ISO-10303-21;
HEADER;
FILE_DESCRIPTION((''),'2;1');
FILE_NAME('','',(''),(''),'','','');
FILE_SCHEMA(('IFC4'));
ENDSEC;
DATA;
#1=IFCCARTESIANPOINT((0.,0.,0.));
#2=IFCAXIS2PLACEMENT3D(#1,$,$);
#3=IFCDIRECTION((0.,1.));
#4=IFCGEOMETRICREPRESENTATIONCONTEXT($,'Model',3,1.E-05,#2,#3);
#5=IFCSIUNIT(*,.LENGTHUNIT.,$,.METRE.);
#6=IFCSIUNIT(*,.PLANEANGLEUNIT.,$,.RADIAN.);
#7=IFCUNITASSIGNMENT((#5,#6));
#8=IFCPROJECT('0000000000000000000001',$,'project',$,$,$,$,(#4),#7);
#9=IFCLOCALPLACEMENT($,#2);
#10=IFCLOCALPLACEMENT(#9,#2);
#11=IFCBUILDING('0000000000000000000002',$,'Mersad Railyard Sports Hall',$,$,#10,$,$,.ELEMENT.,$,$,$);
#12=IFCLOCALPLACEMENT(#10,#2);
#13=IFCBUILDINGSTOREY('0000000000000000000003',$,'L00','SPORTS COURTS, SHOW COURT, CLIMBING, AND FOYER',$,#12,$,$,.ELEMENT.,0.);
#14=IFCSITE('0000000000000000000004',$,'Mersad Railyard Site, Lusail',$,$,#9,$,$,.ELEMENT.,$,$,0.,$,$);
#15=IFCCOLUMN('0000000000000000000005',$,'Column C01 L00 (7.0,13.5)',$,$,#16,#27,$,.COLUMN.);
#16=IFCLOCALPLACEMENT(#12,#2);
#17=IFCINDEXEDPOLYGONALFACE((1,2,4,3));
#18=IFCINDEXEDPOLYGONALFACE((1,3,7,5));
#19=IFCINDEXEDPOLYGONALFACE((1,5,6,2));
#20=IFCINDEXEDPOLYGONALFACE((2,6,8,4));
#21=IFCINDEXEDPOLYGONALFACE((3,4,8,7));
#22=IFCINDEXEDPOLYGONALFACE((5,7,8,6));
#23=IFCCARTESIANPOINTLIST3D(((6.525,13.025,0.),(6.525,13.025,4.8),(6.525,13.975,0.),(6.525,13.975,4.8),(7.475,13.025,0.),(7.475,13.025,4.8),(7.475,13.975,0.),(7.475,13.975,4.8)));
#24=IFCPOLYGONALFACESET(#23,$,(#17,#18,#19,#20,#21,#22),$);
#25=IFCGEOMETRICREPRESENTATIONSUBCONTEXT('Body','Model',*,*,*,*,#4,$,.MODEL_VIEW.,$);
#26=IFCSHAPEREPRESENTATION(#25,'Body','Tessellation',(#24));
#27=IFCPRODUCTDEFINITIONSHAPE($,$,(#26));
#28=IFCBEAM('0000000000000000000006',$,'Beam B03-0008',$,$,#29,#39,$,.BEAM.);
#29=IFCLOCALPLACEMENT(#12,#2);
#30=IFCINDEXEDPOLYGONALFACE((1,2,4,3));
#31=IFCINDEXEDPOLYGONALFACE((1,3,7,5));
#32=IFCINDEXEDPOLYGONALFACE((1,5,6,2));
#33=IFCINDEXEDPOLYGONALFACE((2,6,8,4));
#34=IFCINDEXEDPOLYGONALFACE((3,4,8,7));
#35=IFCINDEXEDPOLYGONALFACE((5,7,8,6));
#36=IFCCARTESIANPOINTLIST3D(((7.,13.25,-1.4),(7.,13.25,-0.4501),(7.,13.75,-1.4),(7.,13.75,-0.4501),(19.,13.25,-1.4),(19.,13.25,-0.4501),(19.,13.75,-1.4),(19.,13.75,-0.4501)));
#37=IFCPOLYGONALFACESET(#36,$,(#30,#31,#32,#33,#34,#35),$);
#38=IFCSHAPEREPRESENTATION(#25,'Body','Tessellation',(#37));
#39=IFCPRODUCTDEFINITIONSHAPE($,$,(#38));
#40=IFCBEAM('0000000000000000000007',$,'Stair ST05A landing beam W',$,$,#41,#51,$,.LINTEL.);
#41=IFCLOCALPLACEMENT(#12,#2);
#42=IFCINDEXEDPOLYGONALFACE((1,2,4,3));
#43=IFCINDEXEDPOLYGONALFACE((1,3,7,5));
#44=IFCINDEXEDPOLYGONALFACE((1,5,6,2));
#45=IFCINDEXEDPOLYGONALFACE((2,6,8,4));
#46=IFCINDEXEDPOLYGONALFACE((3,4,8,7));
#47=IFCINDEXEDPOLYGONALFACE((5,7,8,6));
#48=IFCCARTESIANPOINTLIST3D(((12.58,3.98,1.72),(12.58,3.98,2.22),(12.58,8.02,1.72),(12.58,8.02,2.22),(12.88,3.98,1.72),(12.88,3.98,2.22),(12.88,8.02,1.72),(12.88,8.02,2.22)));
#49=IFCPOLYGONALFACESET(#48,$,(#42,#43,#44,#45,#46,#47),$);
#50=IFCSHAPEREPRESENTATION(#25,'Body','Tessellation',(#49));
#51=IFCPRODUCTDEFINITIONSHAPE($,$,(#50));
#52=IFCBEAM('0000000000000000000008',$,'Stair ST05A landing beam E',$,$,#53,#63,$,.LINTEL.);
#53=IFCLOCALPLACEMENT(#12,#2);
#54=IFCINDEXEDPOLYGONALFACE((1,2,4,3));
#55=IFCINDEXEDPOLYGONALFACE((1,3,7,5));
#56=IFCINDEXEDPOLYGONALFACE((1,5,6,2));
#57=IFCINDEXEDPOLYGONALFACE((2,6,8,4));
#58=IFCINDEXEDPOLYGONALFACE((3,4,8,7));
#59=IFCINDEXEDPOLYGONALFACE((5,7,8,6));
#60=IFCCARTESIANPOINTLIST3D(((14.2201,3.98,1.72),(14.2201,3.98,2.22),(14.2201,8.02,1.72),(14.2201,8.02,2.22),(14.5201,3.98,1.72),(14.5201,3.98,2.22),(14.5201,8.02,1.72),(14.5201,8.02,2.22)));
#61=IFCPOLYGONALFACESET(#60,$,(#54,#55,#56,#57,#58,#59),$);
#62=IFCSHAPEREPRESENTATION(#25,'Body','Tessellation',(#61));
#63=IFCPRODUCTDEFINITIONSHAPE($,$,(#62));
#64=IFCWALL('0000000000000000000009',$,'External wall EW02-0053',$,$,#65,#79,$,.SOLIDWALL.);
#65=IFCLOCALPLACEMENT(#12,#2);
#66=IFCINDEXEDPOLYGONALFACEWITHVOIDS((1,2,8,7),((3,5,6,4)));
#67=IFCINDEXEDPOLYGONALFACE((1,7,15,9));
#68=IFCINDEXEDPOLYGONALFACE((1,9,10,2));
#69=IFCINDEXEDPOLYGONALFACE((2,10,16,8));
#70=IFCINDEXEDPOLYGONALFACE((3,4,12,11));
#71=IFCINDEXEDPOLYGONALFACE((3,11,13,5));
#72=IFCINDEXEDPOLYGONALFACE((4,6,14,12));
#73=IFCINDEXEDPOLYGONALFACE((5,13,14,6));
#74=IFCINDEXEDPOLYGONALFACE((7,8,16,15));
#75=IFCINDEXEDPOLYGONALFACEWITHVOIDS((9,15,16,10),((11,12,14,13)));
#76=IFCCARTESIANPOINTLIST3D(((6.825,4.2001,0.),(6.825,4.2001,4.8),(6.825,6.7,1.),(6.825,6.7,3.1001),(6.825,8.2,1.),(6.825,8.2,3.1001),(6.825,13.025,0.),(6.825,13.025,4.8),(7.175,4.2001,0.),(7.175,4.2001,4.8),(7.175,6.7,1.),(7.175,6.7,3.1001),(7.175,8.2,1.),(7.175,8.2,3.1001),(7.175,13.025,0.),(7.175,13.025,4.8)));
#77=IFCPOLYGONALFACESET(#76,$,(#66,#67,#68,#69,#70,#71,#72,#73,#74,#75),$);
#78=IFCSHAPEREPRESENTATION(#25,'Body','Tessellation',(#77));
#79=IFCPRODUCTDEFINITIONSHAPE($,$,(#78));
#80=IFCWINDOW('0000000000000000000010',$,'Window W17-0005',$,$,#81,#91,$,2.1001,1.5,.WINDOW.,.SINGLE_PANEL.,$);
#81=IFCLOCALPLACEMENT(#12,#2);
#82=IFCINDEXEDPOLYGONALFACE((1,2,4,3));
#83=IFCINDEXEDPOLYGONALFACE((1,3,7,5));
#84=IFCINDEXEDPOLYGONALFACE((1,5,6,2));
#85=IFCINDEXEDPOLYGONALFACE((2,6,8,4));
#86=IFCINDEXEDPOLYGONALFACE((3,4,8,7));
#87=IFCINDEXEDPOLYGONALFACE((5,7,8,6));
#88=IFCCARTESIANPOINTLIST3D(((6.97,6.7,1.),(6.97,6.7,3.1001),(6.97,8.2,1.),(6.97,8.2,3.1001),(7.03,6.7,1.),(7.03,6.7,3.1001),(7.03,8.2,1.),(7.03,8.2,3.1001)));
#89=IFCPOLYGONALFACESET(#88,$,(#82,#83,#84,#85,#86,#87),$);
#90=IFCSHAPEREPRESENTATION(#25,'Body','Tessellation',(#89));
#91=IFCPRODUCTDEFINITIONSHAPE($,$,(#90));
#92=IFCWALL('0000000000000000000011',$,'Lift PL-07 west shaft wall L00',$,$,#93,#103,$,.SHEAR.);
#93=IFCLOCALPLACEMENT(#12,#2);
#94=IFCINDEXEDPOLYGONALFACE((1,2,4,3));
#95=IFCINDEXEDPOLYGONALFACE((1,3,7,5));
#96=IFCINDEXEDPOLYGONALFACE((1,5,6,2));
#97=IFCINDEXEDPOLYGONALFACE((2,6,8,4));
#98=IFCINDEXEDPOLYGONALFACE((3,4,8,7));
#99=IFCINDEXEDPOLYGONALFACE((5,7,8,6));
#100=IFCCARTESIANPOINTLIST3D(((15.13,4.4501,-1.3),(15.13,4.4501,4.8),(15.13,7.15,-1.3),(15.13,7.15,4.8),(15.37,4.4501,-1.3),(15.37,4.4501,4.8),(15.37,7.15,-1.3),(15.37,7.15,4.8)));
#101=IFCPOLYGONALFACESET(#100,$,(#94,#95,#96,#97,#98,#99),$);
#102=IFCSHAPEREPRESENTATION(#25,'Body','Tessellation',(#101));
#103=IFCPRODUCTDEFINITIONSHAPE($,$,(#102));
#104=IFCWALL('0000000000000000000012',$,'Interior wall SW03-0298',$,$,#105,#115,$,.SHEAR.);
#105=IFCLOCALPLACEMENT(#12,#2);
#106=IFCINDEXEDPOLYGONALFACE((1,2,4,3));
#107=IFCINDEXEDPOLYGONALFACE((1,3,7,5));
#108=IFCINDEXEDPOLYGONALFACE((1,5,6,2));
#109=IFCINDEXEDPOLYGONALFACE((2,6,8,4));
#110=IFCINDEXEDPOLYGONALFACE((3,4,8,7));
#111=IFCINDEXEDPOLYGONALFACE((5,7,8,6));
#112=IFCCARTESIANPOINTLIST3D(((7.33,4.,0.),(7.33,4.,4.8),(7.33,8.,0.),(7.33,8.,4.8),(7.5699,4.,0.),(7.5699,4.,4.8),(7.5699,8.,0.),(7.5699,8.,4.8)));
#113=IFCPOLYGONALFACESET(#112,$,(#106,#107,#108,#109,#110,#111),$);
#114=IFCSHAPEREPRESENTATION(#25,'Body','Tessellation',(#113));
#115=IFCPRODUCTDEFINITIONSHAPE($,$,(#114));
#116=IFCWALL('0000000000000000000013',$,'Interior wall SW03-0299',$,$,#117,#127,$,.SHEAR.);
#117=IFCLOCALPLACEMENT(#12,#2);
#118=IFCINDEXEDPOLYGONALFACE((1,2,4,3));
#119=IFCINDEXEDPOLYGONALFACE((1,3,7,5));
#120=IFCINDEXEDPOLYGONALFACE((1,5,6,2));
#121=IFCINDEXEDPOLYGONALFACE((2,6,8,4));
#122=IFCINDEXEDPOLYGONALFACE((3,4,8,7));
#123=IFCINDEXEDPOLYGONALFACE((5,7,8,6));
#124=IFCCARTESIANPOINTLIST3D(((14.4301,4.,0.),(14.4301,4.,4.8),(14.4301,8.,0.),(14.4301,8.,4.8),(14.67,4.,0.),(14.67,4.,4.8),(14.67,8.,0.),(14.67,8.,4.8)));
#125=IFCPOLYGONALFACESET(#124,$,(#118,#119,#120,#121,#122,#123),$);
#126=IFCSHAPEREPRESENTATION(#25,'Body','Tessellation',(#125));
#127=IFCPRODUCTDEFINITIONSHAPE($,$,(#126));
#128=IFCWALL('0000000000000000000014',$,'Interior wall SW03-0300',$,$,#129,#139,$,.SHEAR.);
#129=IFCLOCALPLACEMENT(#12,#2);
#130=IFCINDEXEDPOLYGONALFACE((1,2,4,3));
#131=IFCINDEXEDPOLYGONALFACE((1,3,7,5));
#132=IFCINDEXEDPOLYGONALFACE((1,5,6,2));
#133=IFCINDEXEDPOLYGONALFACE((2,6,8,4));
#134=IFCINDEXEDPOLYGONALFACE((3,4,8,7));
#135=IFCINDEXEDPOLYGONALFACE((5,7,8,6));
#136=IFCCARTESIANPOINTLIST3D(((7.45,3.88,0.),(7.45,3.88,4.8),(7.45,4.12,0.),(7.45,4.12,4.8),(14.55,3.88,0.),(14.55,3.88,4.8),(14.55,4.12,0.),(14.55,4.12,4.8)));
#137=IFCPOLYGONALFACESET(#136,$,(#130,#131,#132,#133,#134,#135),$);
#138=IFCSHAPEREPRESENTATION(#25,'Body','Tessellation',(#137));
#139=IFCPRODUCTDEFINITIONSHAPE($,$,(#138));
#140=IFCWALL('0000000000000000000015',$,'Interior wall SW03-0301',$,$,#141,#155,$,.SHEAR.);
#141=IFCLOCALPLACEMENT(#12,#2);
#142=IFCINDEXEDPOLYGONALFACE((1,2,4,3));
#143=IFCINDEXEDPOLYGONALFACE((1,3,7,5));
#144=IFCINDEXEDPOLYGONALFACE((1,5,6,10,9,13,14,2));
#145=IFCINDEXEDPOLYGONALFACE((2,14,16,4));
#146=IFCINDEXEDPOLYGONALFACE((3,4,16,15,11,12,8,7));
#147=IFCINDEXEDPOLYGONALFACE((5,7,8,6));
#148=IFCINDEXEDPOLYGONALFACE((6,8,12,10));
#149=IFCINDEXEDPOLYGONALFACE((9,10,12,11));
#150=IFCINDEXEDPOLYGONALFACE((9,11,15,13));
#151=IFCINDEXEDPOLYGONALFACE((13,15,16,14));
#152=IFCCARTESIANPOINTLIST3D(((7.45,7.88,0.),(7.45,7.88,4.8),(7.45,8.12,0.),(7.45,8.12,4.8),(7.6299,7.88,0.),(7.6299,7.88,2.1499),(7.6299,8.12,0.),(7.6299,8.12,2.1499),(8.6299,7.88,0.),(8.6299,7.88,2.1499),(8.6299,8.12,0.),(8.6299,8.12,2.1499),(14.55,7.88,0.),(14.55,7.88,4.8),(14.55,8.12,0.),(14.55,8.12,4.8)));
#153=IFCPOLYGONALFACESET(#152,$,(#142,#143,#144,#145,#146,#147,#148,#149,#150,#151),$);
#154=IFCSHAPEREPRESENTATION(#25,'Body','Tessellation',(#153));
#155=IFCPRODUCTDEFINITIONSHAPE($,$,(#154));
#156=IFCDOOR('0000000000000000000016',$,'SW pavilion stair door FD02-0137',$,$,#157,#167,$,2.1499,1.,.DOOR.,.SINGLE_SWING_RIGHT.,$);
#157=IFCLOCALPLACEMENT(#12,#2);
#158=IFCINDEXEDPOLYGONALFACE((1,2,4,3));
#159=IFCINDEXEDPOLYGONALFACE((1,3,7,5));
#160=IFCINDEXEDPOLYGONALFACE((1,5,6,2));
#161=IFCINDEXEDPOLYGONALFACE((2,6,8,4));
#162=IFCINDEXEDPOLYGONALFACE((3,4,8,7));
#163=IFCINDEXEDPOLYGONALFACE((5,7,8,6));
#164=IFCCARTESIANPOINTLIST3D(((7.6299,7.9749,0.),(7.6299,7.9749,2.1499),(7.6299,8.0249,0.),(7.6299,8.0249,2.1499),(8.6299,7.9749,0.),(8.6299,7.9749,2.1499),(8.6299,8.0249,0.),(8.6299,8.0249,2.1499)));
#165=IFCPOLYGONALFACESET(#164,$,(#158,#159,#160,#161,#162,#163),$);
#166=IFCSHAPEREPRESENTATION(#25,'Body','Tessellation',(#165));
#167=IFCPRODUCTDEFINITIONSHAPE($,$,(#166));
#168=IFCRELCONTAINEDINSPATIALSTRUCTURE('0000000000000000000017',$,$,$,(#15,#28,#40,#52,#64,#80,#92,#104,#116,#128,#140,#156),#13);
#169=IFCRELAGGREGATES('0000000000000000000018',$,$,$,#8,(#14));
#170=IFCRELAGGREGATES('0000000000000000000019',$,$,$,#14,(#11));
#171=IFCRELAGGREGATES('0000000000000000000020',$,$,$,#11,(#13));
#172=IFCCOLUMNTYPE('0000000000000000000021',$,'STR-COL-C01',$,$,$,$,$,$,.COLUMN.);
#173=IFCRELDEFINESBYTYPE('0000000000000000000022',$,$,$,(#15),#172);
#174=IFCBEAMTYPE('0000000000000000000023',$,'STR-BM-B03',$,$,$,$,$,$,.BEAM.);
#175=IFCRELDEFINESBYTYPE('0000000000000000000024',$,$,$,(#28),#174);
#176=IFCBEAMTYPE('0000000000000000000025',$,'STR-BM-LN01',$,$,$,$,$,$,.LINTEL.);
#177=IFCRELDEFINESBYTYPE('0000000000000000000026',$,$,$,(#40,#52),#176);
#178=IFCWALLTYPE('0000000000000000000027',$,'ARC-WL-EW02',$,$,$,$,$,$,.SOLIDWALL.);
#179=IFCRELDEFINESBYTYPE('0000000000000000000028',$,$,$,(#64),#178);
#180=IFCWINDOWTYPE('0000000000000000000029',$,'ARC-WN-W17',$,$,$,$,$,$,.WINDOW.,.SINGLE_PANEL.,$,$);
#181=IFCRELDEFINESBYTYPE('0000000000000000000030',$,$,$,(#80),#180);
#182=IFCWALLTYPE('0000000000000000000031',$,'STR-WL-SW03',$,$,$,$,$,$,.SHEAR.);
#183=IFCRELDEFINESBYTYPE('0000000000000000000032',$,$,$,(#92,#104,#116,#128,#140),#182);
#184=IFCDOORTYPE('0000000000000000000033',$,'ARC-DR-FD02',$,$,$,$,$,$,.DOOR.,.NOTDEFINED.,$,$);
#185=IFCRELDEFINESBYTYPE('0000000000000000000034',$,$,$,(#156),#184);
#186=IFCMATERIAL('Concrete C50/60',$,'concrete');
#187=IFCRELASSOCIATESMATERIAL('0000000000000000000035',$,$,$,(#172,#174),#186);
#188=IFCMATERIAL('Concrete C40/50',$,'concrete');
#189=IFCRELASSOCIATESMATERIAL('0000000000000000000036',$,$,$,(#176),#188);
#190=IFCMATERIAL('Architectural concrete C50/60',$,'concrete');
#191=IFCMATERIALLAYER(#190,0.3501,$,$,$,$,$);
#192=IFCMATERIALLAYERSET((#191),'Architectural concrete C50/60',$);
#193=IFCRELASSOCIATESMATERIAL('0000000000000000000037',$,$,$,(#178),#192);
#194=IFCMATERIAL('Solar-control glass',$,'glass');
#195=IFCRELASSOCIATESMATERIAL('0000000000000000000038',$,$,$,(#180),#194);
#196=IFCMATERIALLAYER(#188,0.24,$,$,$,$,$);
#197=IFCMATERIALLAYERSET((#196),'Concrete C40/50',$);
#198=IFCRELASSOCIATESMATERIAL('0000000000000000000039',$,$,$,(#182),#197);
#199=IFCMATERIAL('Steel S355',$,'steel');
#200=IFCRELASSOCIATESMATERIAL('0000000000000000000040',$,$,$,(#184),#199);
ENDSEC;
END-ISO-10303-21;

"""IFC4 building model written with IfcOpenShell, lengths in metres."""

from ifc_helpers import new_model, si_unit, direction, frame, frame_2d, origin, origin_2d, place, context, subcontext, project, spatial, rectangle, extrude, material, layer, layer_set, material_profile, profile_set, type_object, element, fill, save


model = new_model("IFC4")

# Units and contexts
model_context = context("Model", 3, precision=1e-05, world=origin(), true_north=direction((0.0, 1.0)))
body_context = subcontext(model_context, "Body", "Model", "MODEL_VIEW")
ifc_project = project(units=[si_unit("LENGTHUNIT", "METRE"), si_unit("PLANEANGLEUNIT", "RADIAN")], contexts=[model_context])

# Site, building, storey
site_placement = place(None, origin())
site = spatial("IfcSite", under=ifc_project, at=site_placement, Name="Mersad Railyard Site, Lusail", CompositionType="ELEMENT", RefElevation=0.0)
building_placement = place(site_placement, origin())
building = spatial("IfcBuilding", under=site, at=building_placement, Name="Mersad Railyard Sports Hall", CompositionType="ELEMENT")
storey_placement = place(building_placement, origin())
storey = spatial("IfcBuildingStorey", under=building, at=storey_placement, Name="L00", Description="SPORTS COURTS, SHOW COURT, CLIMBING, AND FOYER", CompositionType="ELEMENT", Elevation=0.0)

# Column
ifc_material_1 = material(Name="Concrete C50/60", Category="concrete")
ifc_material_profile_1 = material_profile(ifc_material_1, rectangle(XDim=0.95, YDim=0.95, at=origin_2d()), Name="RC 950x950")
ifc_profile_set_1 = profile_set([ifc_material_profile_1], Name="Concrete C50/60")
column_type = type_object("IfcColumnType", Name="STR-COL-C01", PredefinedType="COLUMN", material=ifc_profile_set_1)
column_placement = place(storey_placement, frame((7.0, 13.5, 0.0), z_axis=(0.0, 0.0, 1.0), x_axis=(1.0, 0.0, 0.0)))
element("IfcColumn", 1, at=column_placement, inside=storey, type_object=column_type, Name="Column C01 L00 (7.0,13.5)", PredefinedType="COLUMN", context=body_context, shape_type="SweptSolid", body=[
    extrude(rectangle(XDim=0.95, YDim=0.95, at=origin_2d()), origin(), (0.0, 0.0, 1.0), 4.8),
])

# Beams
ifc_material_profile_2 = material_profile(ifc_material_1, rectangle(XDim=0.5, YDim=0.95, at=origin_2d()), Name="RC 500x950")
ifc_profile_set_2 = profile_set([ifc_material_profile_2], Name="Concrete C50/60")
beam_type_1 = type_object("IfcBeamType", Name="STR-BM-B03", PredefinedType="BEAM", material=ifc_profile_set_2)
beam_placement = place(storey_placement, frame((7.0, 13.5, -0.925), z_axis=(1.0, 0.0, 0.0), x_axis=(0.0, 1.0, 0.0)))
element("IfcBeam", 2, at=beam_placement, inside=storey, type_object=beam_type_1, Name="Beam B03-0008", PredefinedType="BEAM", context=body_context, shape_type="SweptSolid", body=[
    extrude(rectangle(XDim=0.5, YDim=0.95, at=origin_2d()), origin(), (0.0, 0.0, 1.0), 12.0),
])
ifc_material_2 = material(Name="Concrete C40/50", Category="concrete")
ifc_material_profile_3 = material_profile(ifc_material_2, rectangle(XDim=0.3, YDim=0.5, at=origin_2d()), Name="RC 300x500")
ifc_profile_set_3 = profile_set([ifc_material_profile_3], Name="Concrete C40/50")
beam_type_2 = type_object("IfcBeamType", Name="STR-BM-LN01", PredefinedType="LINTEL", material=ifc_profile_set_3)
for number, where, z_axis, x_axis, name in (
    (3, (12.73, 3.98, 1.97), (0.0, 1.0, 0.0), (-1.0, 0.0, 0.0), "Stair ST05A landing beam W"),
    (4, (14.3701, 3.98, 1.97), (0.0, 1.0, 0.0), (-1.0, 0.0, 0.0), "Stair ST05A landing beam E"),
):
    element("IfcBeam", number, at=place(storey_placement, frame(where, z_axis=z_axis, x_axis=x_axis)), inside=storey, type_object=beam_type_2, Name=name, PredefinedType="LINTEL", context=body_context, shape_type="SweptSolid", body=[
        extrude(rectangle(XDim=0.3, YDim=0.5, at=origin_2d()), origin(), (0.0, 0.0, 1.0), 4.04),
    ])

# Wall, opening, window
ifc_material_3 = material(Name="Architectural concrete C50/60", Category="concrete")
ifc_layer_1 = layer(ifc_material_3, 0.3501)
ifc_layer_set_1 = layer_set([ifc_layer_1], Name="Architectural concrete C50/60")
wall_type_1 = type_object("IfcWallType", Name="ARC-WL-EW02", PredefinedType="SOLIDWALL", material=ifc_layer_set_1)
wall_1_placement = place(storey_placement, frame((7.0, 4.2, 0.0), z_axis=(0.0, 0.0, 1.0), x_axis=(0.0, 1.0, 0.0)))
wall_1 = element("IfcWall", 5, at=wall_1_placement, inside=storey, type_object=wall_type_1, Name="External wall EW02-0053", PredefinedType="SOLIDWALL", context=body_context, shape_type="SweptSolid", body=[
    extrude(rectangle(XDim=8.825, YDim=0.3501, at=frame_2d((4.4126, 0.0))), origin(), (0.0, 0.0, 1.0), 4.8),
])
opening_1_placement = place(wall_1_placement, frame((2.5, 0.0, 1.0)))
opening_1 = element("IfcOpeningElement", 6, at=opening_1_placement, cuts=wall_1, PredefinedType="OPENING", context=body_context, shape_type="SweptSolid", body=[
    extrude(rectangle(XDim=1.5, YDim=2.1001, at=frame_2d((0.75, 1.05))), frame((0.0, 0.1851, 0.0), z_axis=(0.0, -1.0, 0.0), x_axis=(1.0, 0.0, 0.0)), (0.0, 0.0, 1.0), 0.3701),
])
ifc_material_4 = material(Name="Solar-control glass", Category="glass")
window_type = type_object("IfcWindowType", Name="ARC-WN-W17", PartitioningType="SINGLE_PANEL", PredefinedType="WINDOW", material=ifc_material_4)
window_placement = place(opening_1_placement, origin())
window = element("IfcWindow", 7, at=window_placement, inside=storey, type_object=window_type, Name="Window W17-0005", OverallHeight=2.1001, OverallWidth=1.5, PartitioningType="SINGLE_PANEL", PredefinedType="WINDOW", context=body_context, shape_type="SweptSolid", body=[
    extrude(rectangle(XDim=1.5, YDim=2.1001, at=frame_2d((0.75, 1.05))), frame((0.0, 0.03, 0.0), z_axis=(0.0, -1.0, 0.0), x_axis=(1.0, 0.0, 0.0)), (0.0, 0.0, 1.0), 0.0601),
])
fill(opening_1, window)

# Wall
ifc_layer_2 = layer(ifc_material_2, 0.24)
ifc_layer_set_2 = layer_set([ifc_layer_2], Name="Concrete C40/50")
wall_type_2 = type_object("IfcWallType", Name="STR-WL-SW03", PredefinedType="SHEAR", material=ifc_layer_set_2)
wall_2_placement = place(storey_placement, frame((15.25, 4.45, -1.3), z_axis=(0.0, 0.0, 1.0), x_axis=(0.0, 1.0, 0.0)))
element("IfcWall", 8, at=wall_2_placement, inside=storey, type_object=wall_type_2, Name="Lift PL-07 west shaft wall L00", PredefinedType="SHEAR", context=body_context, shape_type="SweptSolid", body=[
    extrude(rectangle(XDim=2.7, YDim=0.24, at=frame_2d((1.3501, 0.0))), origin(), (0.0, 0.0, 1.0), 6.1001),
])

# Shared definitions
ifc_material_5 = material(Name="Steel S355", Category="steel")

# Walls
for number, where, z_axis, x_axis, name in (
    (9, (7.45, 4.0, 0.0), (0.0, 0.0, 1.0), (0.0, 1.0, 0.0), "Interior wall SW03-0298"),
    (10, (14.55, 4.0, 0.0), (0.0, 0.0, 1.0), (0.0, 1.0, 0.0), "Interior wall SW03-0299"),
):
    element("IfcWall", number, at=place(storey_placement, frame(where, z_axis=z_axis, x_axis=x_axis)), inside=storey, type_object=wall_type_2, Name=name, PredefinedType="SHEAR", context=body_context, shape_type="SweptSolid", body=[
        extrude(rectangle(XDim=4.0, YDim=0.24, at=frame_2d((2.0, 0.0))), origin(), (0.0, 0.0, 1.0), 4.8),
    ])
wall_3_placement = place(storey_placement, frame((7.45, 4.0, 0.0), z_axis=(0.0, 0.0, 1.0), x_axis=(1.0, 0.0, 0.0)))
element("IfcWall", 11, at=wall_3_placement, inside=storey, type_object=wall_type_2, Name="Interior wall SW03-0300", PredefinedType="SHEAR", context=body_context, shape_type="SweptSolid", body=[
    extrude(rectangle(XDim=7.1001, YDim=0.24, at=frame_2d((3.55, 0.0))), origin(), (0.0, 0.0, 1.0), 4.8),
])

# Wall, opening, door
wall_4_placement = place(storey_placement, frame((7.45, 8.0, 0.0), z_axis=(0.0, 0.0, 1.0), x_axis=(1.0, 0.0, 0.0)))
wall_4 = element("IfcWall", 12, at=wall_4_placement, inside=storey, type_object=wall_type_2, Name="Interior wall SW03-0301", PredefinedType="SHEAR", context=body_context, shape_type="SweptSolid", body=[
    extrude(rectangle(XDim=7.1001, YDim=0.24, at=frame_2d((3.55, 0.0))), origin(), (0.0, 0.0, 1.0), 4.8),
])
opening_2_placement = place(wall_4_placement, frame((0.1799, 0.0, 0.0)))
opening_2 = element("IfcOpeningElement", 13, at=opening_2_placement, cuts=wall_4, PredefinedType="OPENING", context=body_context, shape_type="SweptSolid", body=[
    extrude(rectangle(XDim=1.0, YDim=2.1499, at=frame_2d((0.5, 1.075))), frame((0.0, 0.1299, 0.0), z_axis=(0.0, -1.0, 0.0), x_axis=(1.0, 0.0, 0.0)), (0.0, 0.0, 1.0), 0.26),
])
door_type_1 = type_object("IfcDoorType", Name="ARC-DR-FD02", OperationType="NOTDEFINED", PredefinedType="DOOR", material=ifc_material_5)
door_1_placement = place(opening_2_placement, origin())
door_1 = element("IfcDoor", 14, at=door_1_placement, inside=storey, type_object=door_type_1, Name="SW pavilion stair door FD02-0137", OperationType="SINGLE_SWING_RIGHT", OverallHeight=2.1499, OverallWidth=1.0, PredefinedType="DOOR", context=body_context, shape_type="SweptSolid", body=[
    extrude(rectangle(XDim=1.0, YDim=2.1499, at=frame_2d((0.5, 1.075))), frame((0.0, 0.0249, 0.0), z_axis=(0.0, -1.0, 0.0), x_axis=(1.0, 0.0, 0.0)), (0.0, 0.0, 1.0), 0.05),
])
fill(opening_2, door_1)

save(model, "model.ifc")
